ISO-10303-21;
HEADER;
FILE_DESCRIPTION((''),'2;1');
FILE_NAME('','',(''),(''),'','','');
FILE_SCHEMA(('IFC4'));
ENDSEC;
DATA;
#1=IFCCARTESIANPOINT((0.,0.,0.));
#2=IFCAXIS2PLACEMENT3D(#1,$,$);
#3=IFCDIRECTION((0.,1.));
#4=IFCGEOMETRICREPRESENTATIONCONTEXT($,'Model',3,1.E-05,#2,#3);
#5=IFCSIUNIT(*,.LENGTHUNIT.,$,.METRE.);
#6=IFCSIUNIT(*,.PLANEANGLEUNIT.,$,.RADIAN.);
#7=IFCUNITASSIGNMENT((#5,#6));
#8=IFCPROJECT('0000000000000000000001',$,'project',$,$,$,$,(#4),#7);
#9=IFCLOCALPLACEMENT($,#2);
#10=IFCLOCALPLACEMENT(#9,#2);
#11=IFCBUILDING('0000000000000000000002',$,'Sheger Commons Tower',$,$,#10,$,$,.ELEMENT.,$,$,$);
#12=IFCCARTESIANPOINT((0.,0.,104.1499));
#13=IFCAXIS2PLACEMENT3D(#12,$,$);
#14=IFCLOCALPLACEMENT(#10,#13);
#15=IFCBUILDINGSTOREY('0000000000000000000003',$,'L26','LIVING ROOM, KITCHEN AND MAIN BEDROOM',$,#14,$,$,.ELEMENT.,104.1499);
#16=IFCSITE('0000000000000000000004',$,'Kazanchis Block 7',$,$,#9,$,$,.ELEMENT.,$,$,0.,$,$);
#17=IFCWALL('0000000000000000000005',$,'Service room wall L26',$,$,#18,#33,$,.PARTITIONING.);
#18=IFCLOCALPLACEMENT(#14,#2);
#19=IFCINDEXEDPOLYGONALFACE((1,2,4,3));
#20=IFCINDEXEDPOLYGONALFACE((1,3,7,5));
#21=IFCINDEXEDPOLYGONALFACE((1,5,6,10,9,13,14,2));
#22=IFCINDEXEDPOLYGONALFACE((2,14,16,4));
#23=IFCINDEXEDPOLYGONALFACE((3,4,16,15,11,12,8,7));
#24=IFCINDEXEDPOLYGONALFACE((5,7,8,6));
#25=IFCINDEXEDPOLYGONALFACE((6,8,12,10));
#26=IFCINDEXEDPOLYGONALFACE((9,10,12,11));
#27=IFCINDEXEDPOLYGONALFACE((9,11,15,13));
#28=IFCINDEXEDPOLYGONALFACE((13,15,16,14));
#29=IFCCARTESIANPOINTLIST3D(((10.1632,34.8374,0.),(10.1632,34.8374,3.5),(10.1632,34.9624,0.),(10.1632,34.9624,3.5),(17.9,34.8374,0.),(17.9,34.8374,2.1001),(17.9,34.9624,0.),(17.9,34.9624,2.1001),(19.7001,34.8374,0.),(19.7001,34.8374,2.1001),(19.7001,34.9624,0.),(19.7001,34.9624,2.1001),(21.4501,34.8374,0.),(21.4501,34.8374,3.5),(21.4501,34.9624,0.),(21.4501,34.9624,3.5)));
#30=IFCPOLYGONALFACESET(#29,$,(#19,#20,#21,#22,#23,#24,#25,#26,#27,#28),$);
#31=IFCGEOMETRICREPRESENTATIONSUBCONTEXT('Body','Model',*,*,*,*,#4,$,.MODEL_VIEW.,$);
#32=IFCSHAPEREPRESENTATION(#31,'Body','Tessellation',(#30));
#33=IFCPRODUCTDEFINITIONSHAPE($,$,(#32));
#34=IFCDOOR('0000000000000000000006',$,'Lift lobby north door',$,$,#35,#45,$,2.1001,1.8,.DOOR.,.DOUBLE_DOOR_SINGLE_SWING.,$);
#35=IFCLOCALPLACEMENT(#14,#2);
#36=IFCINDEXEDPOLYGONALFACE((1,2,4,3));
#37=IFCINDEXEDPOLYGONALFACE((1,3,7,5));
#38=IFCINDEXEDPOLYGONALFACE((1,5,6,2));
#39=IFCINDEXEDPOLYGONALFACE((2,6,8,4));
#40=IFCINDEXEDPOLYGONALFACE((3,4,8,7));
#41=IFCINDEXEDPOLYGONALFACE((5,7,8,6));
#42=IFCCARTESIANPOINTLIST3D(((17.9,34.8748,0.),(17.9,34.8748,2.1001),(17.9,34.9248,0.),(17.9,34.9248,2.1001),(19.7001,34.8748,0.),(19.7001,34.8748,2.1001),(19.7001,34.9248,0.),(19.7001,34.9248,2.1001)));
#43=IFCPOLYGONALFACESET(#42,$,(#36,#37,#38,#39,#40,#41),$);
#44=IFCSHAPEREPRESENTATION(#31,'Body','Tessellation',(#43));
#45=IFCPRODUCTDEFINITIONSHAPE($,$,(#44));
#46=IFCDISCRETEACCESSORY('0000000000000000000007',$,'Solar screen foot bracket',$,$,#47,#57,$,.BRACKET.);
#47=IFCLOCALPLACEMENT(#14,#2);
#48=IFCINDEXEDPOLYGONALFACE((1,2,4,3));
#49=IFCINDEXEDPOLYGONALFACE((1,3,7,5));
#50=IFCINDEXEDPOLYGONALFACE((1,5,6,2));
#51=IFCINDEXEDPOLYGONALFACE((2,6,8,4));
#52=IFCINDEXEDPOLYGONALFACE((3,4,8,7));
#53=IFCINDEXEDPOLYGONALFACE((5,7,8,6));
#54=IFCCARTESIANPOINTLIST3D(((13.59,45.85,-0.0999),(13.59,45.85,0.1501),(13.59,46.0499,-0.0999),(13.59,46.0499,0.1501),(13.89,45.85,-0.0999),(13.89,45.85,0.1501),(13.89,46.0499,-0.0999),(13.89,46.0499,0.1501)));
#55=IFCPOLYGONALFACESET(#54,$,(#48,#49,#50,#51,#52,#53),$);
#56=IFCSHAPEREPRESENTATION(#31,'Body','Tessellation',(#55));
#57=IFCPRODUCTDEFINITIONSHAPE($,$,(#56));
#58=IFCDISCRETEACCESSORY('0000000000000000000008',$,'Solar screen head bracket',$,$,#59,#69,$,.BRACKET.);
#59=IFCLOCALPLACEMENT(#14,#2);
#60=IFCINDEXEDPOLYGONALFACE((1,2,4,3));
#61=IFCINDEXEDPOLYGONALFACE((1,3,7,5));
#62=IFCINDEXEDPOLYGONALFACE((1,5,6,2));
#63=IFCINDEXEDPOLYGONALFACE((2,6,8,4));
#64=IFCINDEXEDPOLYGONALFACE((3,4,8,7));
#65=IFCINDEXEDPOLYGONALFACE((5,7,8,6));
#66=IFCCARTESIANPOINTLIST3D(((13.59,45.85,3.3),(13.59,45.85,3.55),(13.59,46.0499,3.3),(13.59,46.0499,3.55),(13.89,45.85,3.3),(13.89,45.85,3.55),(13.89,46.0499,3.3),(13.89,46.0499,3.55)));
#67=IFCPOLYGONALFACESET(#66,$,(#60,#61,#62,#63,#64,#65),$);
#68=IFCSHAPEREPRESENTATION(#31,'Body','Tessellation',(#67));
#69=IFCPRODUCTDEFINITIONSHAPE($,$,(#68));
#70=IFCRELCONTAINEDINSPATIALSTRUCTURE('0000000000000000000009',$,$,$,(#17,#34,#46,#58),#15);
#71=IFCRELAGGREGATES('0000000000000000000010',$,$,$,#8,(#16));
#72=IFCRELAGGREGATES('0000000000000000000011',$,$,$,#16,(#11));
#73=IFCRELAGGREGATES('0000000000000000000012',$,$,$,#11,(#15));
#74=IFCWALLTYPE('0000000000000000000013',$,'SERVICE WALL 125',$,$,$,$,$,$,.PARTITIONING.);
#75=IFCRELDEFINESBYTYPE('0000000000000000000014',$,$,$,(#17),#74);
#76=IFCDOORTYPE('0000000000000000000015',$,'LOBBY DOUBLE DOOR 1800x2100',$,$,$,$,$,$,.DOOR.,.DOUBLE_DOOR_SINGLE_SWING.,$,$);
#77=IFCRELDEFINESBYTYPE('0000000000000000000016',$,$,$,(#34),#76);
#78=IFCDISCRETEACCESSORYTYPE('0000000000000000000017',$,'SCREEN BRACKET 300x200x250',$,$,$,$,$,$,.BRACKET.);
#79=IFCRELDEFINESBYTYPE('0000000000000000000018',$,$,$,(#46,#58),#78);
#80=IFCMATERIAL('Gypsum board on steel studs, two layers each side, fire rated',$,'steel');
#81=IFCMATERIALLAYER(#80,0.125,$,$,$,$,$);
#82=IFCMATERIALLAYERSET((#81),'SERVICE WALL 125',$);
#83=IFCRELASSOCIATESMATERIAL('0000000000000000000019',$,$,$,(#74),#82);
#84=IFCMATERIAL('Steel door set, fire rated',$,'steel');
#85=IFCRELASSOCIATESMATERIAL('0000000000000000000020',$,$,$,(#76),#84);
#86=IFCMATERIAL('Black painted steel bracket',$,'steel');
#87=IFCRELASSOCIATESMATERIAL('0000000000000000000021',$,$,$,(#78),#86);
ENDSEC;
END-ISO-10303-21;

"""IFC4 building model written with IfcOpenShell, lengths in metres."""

from ifc_helpers import new_model, si_unit, direction, frame, frame_2d, origin, origin_2d, place, context, subcontext, project, spatial, rectangle, extrude, material, layer, layer_set, type_object, element, fill, save


model = new_model("IFC4")

# Units and contexts
model_context = context("Model", 3, precision=1e-05, world=origin(), true_north=direction((0.0, 1.0)))
body_context = subcontext(model_context, "Body", "Model", "MODEL_VIEW")
ifc_project = project(units=[si_unit("LENGTHUNIT", "METRE"), si_unit("PLANEANGLEUNIT", "RADIAN")], contexts=[model_context])

# Site, building, storey
site_placement = place(None, origin())
site = spatial("IfcSite", under=ifc_project, at=site_placement, Name="Kazanchis Block 7", CompositionType="ELEMENT", RefElevation=0.0)
building_placement = place(site_placement, origin())
building = spatial("IfcBuilding", under=site, at=building_placement, Name="Sheger Commons Tower", CompositionType="ELEMENT")
storey_placement = place(building_placement, frame((0.0, 0.0, 104.1499)))
storey = spatial("IfcBuildingStorey", under=building, at=storey_placement, Name="L26", Description="LIVING ROOM, KITCHEN AND MAIN BEDROOM", CompositionType="ELEMENT", Elevation=104.1499)

# Wall, opening, door
ifc_material_1 = material(Name="Gypsum board on steel studs, two layers each side, fire rated", Category="steel")
ifc_layer_1 = layer(ifc_material_1, 0.125)
ifc_layer_set_1 = layer_set([ifc_layer_1], Name="SERVICE WALL 125")
wall_type_1 = type_object("IfcWallType", Name="SERVICE WALL 125", PredefinedType="PARTITIONING", material=ifc_layer_set_1)
wall_1_placement = place(storey_placement, frame((10.1631, 34.8999, 0.0), z_axis=(0.0, 0.0, 1.0), x_axis=(1.0, 0.0, 0.0)))
wall_1 = element("IfcWall", 1, at=wall_1_placement, inside=storey, type_object=wall_type_1, Name="Service room wall L26", PredefinedType="PARTITIONING", context=body_context, shape_type="SweptSolid", body=[
    extrude(rectangle(XDim=11.2869, YDim=0.125, at=frame_2d((5.6436, 0.0))), origin(), (0.0, 0.0, 1.0), 3.5),
])
opening_1_placement = place(wall_1_placement, frame((7.7371, 0.0, 0.0)))
opening_1 = element("IfcOpeningElement", 2, at=opening_1_placement, cuts=wall_1, PredefinedType="OPENING", context=body_context, shape_type="SweptSolid", body=[
    extrude(rectangle(XDim=1.8, YDim=2.1001, at=frame_2d((0.8999, 1.05))), frame((0.0, 0.0725, 0.0), z_axis=(0.0, -1.0, 0.0), x_axis=(1.0, 0.0, 0.0)), (0.0, 0.0, 1.0), 0.145),
])
ifc_material_2 = material(Name="Steel door set, fire rated", Category="steel")
door_type_1 = type_object("IfcDoorType", Name="LOBBY DOUBLE DOOR 1800x2100", OperationType="DOUBLE_DOOR_SINGLE_SWING", PredefinedType="DOOR", material=ifc_material_2)
door_1_placement = place(opening_1_placement, origin())
door_1 = element("IfcDoor", 3, at=door_1_placement, inside=storey, type_object=door_type_1, Name="Lift lobby north door", OperationType="DOUBLE_DOOR_SINGLE_SWING", OverallHeight=2.1001, OverallWidth=1.8, PredefinedType="DOOR", context=body_context, shape_type="SweptSolid", body=[
    extrude(rectangle(XDim=1.8, YDim=2.1001, at=frame_2d((0.8999, 1.05))), frame((0.0, 0.0249, 0.0), z_axis=(0.0, -1.0, 0.0), x_axis=(1.0, 0.0, 0.0)), (0.0, 0.0, 1.0), 0.05),
])
fill(opening_1, door_1)

# Discrete accessories
ifc_material_3 = material(Name="Black painted steel bracket", Category="steel")
discrete_accessory_type = type_object("IfcDiscreteAccessoryType", Name="SCREEN BRACKET 300x200x250", PredefinedType="BRACKET", material=ifc_material_3)
for number, where, z_axis, x_axis, name in (
    (4, (13.74, 45.95, -0.0999), (0.0, 0.0, 1.0), (-1.0, 0.0, 0.0), "Solar screen foot bracket"),
    (5, (13.74, 45.95, 3.3), (0.0, 0.0, 1.0), (-1.0, 0.0, 0.0), "Solar screen head bracket"),
):
    element("IfcDiscreteAccessory", number, at=place(storey_placement, frame(where, z_axis=z_axis, x_axis=x_axis)), inside=storey, type_object=discrete_accessory_type, Name=name, PredefinedType="BRACKET", context=body_context, shape_type="SweptSolid", body=[
        extrude(rectangle(XDim=0.3, YDim=0.2, at=origin_2d()), origin(), (0.0, 0.0, 1.0), 0.25),
    ])

save(model, "model.ifc")
